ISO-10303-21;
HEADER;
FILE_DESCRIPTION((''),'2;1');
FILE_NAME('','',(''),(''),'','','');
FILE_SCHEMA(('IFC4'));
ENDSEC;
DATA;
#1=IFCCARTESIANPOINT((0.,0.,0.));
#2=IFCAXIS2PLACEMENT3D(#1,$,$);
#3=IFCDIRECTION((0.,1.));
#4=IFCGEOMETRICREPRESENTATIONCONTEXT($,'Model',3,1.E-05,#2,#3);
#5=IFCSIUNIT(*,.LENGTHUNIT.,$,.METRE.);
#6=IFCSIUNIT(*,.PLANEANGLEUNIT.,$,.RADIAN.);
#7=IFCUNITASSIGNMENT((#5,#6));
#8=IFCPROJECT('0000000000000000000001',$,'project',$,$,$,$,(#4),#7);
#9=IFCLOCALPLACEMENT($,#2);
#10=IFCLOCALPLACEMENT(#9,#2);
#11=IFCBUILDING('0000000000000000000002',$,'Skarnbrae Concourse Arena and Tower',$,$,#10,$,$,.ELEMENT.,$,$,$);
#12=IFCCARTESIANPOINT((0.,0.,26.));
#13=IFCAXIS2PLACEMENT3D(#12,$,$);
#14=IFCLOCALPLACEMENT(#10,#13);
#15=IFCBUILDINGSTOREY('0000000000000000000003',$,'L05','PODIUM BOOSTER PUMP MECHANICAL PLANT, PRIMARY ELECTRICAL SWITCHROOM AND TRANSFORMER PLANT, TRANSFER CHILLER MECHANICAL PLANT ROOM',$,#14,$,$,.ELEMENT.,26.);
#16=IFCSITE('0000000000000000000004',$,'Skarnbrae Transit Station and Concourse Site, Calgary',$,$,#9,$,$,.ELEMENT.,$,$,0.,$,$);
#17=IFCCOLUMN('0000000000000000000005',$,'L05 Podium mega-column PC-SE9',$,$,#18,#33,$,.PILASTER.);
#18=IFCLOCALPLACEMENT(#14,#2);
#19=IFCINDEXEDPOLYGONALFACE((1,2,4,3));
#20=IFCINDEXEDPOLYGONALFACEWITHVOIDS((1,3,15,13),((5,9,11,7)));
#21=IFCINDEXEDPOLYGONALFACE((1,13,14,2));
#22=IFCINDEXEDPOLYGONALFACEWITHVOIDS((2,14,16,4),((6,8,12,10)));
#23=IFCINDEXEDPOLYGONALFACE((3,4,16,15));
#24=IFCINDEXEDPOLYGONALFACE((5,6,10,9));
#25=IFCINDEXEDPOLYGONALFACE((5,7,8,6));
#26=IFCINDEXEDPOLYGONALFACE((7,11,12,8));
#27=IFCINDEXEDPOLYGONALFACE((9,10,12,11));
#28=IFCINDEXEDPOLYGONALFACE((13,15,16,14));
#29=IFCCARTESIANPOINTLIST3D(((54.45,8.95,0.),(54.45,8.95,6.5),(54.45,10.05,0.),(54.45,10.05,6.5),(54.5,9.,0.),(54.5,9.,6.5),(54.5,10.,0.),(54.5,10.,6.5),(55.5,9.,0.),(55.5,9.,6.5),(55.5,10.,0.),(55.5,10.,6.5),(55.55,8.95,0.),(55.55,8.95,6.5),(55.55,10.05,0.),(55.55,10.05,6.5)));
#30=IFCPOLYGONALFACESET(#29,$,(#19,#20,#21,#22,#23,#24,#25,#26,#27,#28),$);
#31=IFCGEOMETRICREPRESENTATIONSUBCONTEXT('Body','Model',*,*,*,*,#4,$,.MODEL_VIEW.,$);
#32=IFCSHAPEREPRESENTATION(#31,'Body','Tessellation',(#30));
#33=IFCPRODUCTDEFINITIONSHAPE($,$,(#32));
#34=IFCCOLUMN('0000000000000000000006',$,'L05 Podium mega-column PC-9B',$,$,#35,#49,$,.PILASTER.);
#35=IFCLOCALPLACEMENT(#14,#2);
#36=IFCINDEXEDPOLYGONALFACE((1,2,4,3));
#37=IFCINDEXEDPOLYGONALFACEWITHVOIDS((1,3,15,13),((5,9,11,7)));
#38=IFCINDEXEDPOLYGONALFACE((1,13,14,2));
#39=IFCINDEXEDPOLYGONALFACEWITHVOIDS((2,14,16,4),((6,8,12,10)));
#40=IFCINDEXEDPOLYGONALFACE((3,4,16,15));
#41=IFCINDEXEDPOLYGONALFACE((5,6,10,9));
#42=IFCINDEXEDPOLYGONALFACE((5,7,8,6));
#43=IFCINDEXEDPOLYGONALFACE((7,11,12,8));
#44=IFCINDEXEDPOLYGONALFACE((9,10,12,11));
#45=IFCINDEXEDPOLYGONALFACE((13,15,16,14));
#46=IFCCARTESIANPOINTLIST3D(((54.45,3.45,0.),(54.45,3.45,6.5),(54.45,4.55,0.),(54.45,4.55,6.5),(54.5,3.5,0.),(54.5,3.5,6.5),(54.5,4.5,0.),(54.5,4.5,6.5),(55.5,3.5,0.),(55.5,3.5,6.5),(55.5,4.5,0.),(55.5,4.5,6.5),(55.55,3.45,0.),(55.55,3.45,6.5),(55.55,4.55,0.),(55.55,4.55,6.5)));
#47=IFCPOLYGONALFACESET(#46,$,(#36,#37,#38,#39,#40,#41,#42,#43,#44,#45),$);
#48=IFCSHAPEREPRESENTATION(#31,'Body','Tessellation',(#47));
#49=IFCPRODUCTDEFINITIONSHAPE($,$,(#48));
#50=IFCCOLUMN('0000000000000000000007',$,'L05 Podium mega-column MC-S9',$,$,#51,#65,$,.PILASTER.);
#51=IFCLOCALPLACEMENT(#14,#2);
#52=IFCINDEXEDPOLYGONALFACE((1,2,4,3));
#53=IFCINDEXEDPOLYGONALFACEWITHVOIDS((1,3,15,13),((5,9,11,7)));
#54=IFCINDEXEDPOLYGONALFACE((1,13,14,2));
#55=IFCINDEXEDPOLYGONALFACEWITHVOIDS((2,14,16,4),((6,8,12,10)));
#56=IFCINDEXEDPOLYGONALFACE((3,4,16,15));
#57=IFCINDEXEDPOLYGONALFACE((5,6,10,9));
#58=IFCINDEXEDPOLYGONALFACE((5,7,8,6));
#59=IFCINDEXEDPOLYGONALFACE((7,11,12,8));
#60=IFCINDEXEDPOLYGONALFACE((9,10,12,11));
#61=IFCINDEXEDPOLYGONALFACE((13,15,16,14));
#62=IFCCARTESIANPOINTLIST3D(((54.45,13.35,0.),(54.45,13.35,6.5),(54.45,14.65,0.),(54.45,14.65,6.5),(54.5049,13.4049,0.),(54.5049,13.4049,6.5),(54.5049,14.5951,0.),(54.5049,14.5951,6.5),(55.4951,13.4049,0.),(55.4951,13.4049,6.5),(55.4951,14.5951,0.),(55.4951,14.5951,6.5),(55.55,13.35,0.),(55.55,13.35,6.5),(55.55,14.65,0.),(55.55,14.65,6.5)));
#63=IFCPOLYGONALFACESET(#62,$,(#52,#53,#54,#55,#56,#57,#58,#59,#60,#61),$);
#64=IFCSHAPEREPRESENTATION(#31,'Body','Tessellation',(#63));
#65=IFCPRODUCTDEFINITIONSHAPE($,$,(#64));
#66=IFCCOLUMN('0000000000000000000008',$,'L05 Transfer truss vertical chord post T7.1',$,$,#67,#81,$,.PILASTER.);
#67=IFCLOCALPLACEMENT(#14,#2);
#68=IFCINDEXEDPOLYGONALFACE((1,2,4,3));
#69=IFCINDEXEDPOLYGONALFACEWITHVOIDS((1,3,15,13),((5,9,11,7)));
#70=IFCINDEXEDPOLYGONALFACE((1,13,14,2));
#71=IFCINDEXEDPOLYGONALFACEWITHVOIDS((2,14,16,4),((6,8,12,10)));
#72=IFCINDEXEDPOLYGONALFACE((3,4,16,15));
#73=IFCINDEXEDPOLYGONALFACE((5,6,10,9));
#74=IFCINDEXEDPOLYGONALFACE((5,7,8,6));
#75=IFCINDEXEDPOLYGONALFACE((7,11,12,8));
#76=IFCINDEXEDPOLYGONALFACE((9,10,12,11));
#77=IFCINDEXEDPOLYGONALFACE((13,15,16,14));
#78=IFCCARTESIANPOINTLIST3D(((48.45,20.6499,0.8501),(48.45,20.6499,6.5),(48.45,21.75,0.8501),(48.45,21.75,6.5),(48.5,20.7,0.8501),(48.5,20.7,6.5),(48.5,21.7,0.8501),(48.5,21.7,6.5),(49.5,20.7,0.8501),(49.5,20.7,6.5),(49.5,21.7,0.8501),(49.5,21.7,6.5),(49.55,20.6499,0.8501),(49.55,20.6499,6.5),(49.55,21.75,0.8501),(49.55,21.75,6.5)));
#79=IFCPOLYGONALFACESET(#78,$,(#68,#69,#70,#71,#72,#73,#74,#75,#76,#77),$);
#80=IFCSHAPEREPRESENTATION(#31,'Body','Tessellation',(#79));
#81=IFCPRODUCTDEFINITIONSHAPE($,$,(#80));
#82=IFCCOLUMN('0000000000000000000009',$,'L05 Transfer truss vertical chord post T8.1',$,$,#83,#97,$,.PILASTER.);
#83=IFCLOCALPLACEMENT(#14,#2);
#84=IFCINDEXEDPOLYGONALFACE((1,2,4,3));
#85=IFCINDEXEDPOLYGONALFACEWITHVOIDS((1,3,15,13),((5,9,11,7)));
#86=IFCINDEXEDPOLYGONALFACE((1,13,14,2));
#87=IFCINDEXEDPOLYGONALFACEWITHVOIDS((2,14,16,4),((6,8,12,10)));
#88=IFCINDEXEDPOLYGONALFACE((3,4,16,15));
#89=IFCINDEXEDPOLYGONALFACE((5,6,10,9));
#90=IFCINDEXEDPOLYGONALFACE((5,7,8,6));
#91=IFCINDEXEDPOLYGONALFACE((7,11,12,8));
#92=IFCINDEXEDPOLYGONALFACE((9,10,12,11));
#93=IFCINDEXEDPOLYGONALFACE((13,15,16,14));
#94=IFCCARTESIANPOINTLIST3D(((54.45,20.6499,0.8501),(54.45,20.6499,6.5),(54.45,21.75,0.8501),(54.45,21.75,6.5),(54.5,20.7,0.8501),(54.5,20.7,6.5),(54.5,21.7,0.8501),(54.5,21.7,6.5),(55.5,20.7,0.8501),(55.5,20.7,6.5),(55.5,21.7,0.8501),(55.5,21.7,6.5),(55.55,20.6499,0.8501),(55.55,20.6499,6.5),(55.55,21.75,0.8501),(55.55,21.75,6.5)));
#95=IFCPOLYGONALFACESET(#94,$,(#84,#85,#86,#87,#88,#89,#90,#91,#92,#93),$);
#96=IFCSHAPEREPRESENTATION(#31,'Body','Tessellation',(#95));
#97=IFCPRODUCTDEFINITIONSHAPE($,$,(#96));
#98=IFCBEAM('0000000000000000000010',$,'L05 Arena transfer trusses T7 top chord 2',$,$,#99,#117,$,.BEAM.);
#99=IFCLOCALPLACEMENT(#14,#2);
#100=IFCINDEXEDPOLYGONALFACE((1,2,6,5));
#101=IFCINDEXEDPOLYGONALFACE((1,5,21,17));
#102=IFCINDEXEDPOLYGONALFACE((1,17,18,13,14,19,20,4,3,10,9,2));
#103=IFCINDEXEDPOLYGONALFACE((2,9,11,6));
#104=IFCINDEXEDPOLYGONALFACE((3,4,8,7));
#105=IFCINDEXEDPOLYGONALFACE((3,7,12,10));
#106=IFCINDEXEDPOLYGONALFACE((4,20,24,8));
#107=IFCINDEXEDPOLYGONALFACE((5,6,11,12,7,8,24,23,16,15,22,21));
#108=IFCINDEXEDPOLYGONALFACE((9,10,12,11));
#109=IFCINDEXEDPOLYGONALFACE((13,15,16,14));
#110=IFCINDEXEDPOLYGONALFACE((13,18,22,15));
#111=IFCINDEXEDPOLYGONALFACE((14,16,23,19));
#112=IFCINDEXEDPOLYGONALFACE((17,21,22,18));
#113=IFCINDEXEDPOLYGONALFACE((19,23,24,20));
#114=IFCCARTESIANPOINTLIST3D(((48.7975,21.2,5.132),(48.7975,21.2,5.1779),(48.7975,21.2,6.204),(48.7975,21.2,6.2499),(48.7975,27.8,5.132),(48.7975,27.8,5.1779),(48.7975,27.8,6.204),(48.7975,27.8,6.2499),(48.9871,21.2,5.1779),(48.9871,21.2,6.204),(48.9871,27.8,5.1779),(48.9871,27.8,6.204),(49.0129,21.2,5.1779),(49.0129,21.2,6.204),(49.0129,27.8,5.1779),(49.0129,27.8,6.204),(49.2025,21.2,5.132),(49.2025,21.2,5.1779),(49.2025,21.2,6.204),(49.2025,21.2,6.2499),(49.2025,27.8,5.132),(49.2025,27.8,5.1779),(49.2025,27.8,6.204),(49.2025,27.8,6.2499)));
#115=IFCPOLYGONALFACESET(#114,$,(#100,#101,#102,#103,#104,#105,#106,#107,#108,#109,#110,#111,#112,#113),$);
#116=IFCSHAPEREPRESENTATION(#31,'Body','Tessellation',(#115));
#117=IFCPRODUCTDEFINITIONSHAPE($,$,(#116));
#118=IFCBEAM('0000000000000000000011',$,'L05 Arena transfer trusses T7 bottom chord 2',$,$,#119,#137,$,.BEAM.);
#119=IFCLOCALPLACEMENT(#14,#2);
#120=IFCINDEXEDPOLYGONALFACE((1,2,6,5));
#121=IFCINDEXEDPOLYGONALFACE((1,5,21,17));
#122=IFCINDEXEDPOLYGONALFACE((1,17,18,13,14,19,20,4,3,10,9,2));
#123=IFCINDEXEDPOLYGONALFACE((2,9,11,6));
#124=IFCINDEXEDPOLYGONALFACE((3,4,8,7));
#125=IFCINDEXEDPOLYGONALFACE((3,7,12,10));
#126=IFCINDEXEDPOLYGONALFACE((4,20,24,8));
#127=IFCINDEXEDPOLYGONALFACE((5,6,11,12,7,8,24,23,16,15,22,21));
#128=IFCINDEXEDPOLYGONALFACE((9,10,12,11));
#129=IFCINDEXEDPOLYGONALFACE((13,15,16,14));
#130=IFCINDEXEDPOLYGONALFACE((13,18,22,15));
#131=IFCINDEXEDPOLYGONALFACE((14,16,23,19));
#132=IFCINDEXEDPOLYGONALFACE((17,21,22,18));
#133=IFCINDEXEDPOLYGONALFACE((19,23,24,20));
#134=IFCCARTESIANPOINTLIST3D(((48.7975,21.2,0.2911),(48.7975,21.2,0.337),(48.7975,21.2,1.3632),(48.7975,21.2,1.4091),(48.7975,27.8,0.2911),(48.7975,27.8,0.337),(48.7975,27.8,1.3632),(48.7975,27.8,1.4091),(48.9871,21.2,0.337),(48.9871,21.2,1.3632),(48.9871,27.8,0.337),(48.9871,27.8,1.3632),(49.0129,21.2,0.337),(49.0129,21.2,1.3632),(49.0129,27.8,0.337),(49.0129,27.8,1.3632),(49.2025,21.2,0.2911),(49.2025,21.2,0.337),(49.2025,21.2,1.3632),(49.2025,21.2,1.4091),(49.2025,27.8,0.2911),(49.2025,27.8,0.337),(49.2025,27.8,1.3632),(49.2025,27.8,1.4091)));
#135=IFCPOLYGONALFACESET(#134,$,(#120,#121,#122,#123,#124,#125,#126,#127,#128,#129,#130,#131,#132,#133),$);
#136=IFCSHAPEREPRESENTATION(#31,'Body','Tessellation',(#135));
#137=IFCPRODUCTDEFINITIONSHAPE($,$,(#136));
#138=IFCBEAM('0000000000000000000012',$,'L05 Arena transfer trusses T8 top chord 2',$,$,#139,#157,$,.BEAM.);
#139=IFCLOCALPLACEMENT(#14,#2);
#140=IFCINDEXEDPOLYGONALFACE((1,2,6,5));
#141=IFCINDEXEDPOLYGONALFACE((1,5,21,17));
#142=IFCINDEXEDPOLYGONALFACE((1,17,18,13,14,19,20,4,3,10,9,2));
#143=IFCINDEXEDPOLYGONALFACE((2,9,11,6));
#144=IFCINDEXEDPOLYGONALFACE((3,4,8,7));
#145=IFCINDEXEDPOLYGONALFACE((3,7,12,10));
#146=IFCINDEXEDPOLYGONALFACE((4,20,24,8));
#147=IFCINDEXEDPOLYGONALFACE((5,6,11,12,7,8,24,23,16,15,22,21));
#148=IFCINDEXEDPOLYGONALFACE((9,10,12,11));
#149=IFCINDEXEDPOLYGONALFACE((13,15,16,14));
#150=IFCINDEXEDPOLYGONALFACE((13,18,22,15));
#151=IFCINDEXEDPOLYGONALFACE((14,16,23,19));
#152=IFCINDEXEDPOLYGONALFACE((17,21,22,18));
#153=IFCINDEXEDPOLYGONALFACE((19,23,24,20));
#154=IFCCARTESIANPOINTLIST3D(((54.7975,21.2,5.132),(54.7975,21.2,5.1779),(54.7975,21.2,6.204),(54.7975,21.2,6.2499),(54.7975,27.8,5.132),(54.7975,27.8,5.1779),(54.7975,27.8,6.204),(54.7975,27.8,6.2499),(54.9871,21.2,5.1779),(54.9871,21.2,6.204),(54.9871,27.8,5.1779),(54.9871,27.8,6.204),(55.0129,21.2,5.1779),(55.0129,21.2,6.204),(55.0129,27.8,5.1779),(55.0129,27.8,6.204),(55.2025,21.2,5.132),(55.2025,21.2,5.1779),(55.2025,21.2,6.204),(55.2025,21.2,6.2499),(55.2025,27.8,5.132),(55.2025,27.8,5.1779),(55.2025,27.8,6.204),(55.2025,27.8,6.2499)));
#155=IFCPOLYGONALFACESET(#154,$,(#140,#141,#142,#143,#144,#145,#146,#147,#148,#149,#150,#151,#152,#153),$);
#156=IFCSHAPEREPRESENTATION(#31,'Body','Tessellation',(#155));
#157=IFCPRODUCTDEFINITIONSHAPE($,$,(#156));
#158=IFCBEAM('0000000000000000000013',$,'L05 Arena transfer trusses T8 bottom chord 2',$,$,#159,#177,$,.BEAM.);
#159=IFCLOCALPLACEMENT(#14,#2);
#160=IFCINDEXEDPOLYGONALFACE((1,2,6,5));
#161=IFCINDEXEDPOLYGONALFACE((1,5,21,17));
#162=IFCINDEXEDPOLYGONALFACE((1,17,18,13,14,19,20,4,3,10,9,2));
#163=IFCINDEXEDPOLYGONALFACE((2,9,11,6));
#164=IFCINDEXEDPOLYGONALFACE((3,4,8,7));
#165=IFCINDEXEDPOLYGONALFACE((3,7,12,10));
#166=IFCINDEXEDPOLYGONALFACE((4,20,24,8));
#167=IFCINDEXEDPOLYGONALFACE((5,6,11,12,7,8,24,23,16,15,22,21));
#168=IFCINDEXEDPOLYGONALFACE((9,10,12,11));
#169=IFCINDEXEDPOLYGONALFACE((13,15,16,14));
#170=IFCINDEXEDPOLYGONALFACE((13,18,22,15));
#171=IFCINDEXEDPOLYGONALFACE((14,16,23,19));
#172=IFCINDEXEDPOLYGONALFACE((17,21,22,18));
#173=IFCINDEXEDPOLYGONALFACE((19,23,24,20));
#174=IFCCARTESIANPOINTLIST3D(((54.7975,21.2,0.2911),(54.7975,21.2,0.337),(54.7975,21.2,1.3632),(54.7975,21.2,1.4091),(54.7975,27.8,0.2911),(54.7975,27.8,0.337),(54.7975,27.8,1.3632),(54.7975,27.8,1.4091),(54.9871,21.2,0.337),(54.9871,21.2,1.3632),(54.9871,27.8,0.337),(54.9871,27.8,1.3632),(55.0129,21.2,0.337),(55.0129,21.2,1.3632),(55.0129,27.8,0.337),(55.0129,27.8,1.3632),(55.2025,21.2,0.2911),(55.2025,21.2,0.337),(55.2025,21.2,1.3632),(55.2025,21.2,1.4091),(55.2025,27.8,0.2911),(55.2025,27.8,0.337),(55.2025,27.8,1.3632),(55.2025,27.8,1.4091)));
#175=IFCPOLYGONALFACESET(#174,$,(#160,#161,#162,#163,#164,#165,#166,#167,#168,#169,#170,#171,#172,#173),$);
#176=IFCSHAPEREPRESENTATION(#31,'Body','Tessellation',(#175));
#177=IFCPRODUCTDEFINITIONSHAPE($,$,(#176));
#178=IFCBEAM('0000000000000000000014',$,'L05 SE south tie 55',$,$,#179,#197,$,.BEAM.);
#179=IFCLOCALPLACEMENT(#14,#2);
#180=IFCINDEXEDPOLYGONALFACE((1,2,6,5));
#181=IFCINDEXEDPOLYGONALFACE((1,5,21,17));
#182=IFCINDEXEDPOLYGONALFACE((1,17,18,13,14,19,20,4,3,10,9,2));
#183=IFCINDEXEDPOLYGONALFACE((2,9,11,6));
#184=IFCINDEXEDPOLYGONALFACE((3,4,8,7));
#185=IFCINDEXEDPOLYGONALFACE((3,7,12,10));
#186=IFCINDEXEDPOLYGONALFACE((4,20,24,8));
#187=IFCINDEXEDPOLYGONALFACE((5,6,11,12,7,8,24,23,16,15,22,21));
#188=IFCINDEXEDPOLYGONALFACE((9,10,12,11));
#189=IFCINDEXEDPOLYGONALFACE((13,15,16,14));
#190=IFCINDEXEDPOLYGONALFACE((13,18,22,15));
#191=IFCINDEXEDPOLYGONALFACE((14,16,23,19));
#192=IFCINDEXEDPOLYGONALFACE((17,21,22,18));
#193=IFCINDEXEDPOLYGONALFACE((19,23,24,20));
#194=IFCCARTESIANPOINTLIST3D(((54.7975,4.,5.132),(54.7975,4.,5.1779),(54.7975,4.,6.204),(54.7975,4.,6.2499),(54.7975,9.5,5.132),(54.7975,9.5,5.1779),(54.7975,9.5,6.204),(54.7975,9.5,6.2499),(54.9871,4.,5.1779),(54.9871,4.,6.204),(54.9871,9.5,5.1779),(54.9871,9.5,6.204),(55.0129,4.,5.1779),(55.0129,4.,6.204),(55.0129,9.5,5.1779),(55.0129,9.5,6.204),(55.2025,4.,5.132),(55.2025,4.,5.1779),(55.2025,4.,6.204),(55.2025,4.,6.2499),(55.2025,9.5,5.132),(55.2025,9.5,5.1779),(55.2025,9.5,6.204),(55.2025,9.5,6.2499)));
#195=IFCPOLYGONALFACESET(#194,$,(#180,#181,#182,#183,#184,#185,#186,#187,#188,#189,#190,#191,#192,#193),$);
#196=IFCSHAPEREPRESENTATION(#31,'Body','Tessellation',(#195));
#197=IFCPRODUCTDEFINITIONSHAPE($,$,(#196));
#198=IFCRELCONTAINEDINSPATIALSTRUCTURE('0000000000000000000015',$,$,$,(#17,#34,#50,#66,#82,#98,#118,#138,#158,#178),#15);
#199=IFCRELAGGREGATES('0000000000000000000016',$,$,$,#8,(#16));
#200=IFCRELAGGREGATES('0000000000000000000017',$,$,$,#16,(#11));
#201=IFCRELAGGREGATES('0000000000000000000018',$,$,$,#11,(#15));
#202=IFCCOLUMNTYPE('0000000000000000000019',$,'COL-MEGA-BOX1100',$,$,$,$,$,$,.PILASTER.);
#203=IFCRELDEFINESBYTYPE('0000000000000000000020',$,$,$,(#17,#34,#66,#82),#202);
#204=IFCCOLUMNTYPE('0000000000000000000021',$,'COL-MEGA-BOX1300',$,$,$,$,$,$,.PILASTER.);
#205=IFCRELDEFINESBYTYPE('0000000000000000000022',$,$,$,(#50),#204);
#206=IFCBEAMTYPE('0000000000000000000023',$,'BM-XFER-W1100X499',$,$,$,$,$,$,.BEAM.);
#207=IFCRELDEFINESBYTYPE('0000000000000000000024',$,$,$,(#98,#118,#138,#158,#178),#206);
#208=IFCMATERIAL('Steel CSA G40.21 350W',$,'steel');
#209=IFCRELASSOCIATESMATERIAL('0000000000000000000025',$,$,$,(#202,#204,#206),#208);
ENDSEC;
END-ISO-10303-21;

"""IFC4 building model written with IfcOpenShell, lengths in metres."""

from ifc_helpers import new_model, si_unit, direction, frame, origin, origin_2d, place, context, subcontext, project, spatial, hollow_rectangle, i_section, extrude, source, transform, mapped, material, material_profile, profile_set, type_object, element, save


model = new_model("IFC4")

# Units and contexts
model_context = context("Model", 3, precision=1e-05, world=origin(), true_north=direction((0.0, 1.0)))
body_context = subcontext(model_context, "Body", "Model", "MODEL_VIEW")
ifc_project = project(units=[si_unit("LENGTHUNIT", "METRE"), si_unit("PLANEANGLEUNIT", "RADIAN")], contexts=[model_context])

# Site, building, storey
site_placement = place(None, origin())
site = spatial("IfcSite", under=ifc_project, at=site_placement, Name="Skarnbrae Transit Station and Concourse Site, Calgary", CompositionType="ELEMENT", RefElevation=0.0)
building_placement = place(site_placement, origin())
building = spatial("IfcBuilding", under=site, at=building_placement, Name="Skarnbrae Concourse Arena and Tower", CompositionType="ELEMENT")
storey_placement = place(building_placement, frame((0.0, 0.0, 26.0)))
storey = spatial("IfcBuildingStorey", under=building, at=storey_placement, Name="L05", Description="PODIUM BOOSTER PUMP MECHANICAL PLANT, PRIMARY ELECTRICAL SWITCHROOM AND TRANSFORMER PLANT, TRANSFER CHILLER MECHANICAL PLANT ROOM", CompositionType="ELEMENT", Elevation=26.0)

# Columns
ifc_material_1 = material(Name="Steel CSA G40.21 350W", Category="steel")
ifc_material_profile_1 = material_profile(ifc_material_1, hollow_rectangle(XDim=1.1001, YDim=1.1001, WallThickness=0.05, at=origin_2d()), Name="BOX1100X1100X50")
ifc_profile_set_1 = profile_set([ifc_material_profile_1], Name="Steel CSA G40.21 350W")
column_type_1 = type_object("IfcColumnType", Name="COL-MEGA-BOX1100", PredefinedType="PILASTER", material=ifc_profile_set_1)
shared_shape_1 = source(origin(), body_context, "Body", "SweptSolid", [
    extrude(hollow_rectangle(XDim=1.1001, YDim=1.1001, WallThickness=0.05, at=origin_2d()), origin(), (0.0, 0.0, 1.0), 6.5),
])
for number, where, z_axis, x_axis, name in (
    (1, (55.0, 9.5, 0.0), (0.0, 0.0, 1.0), (1.0, 0.0, 0.0), "L05 Podium mega-column PC-SE9"),
    (2, (55.0, 4.0, 0.0), (0.0, 0.0, 1.0), (1.0, 0.0, 0.0), "L05 Podium mega-column PC-9B"),
):
    element("IfcColumn", number, at=place(storey_placement, frame(where, z_axis=z_axis, x_axis=x_axis)), inside=storey, type_object=column_type_1, Name=name, PredefinedType="PILASTER", context=body_context, shape_type="MappedRepresentation", body=[
        mapped(shared_shape_1, transform((0.0, 0.0, 0.0))),
    ])
ifc_material_profile_2 = material_profile(ifc_material_1, hollow_rectangle(XDim=1.1001, YDim=1.3, WallThickness=0.0549, at=origin_2d()), Name="BOX1300X1100X55")
ifc_profile_set_2 = profile_set([ifc_material_profile_2], Name="Steel CSA G40.21 350W")
column_type_2 = type_object("IfcColumnType", Name="COL-MEGA-BOX1300", PredefinedType="PILASTER", material=ifc_profile_set_2)
shared_shape_2 = source(origin(), body_context, "Body", "SweptSolid", [
    extrude(hollow_rectangle(XDim=1.1001, YDim=1.3, WallThickness=0.0549, at=origin_2d()), origin(), (0.0, 0.0, 1.0), 6.5),
])
column_placement = place(storey_placement, frame((55.0, 14.0, 0.0), z_axis=(0.0, 0.0, 1.0), x_axis=(1.0, 0.0, 0.0)))
element("IfcColumn", 3, at=column_placement, inside=storey, type_object=column_type_2, Name="L05 Podium mega-column MC-S9", PredefinedType="PILASTER", context=body_context, shape_type="MappedRepresentation", body=[
    mapped(shared_shape_2, transform((0.0, 0.0, 0.0))),
])
shared_shape_3 = source(origin(), body_context, "Body", "SweptSolid", [
    extrude(hollow_rectangle(XDim=1.1001, YDim=1.1001, WallThickness=0.05, at=origin_2d()), origin(), (0.0, 0.0, 1.0), 5.6499),
])
for number, where, z_axis, x_axis, name in (
    (4, (49.0, 21.2, 0.8501), (0.0, 0.0, 1.0), (1.0, 0.0, 0.0), "L05 Transfer truss vertical chord post T7.1"),
    (5, (55.0, 21.2, 0.8501), (0.0, 0.0, 1.0), (1.0, 0.0, 0.0), "L05 Transfer truss vertical chord post T8.1"),
):
    element("IfcColumn", number, at=place(storey_placement, frame(where, z_axis=z_axis, x_axis=x_axis)), inside=storey, type_object=column_type_1, Name=name, PredefinedType="PILASTER", context=body_context, shape_type="MappedRepresentation", body=[
        mapped(shared_shape_3, transform((0.0, 0.0, 0.0))),
    ])

# Beams
ifc_material_profile_3 = material_profile(ifc_material_1, i_section(OverallWidth=0.405, OverallDepth=1.1179, WebThickness=0.0259, FlangeThickness=0.0459, at=origin_2d()), Name="W1100X499")
ifc_profile_set_3 = profile_set([ifc_material_profile_3], Name="Steel CSA G40.21 350W")
beam_type = type_object("IfcBeamType", Name="BM-XFER-W1100X499", PredefinedType="BEAM", material=ifc_profile_set_3)
shared_shape_4 = source(origin(), body_context, "Body", "SweptSolid", [
    extrude(i_section(OverallWidth=0.405, OverallDepth=1.1179, WebThickness=0.0259, FlangeThickness=0.0459, at=origin_2d()), origin(), (0.0, 0.0, 1.0), 6.6001),
])
for number, where, z_axis, x_axis, name in (
    (6, (49.0, 21.2, 5.6909), (0.0, 1.0, 0.0), (-1.0, 0.0, 0.0), "L05 Arena transfer trusses T7 top chord 2"),
    (7, (49.0, 21.2, 0.8501), (0.0, 1.0, 0.0), (-1.0, 0.0, 0.0), "L05 Arena transfer trusses T7 bottom chord 2"),
    (8, (55.0, 21.2, 5.6909), (0.0, 1.0, 0.0), (-1.0, 0.0, 0.0), "L05 Arena transfer trusses T8 top chord 2"),
    (9, (55.0, 21.2, 0.8501), (0.0, 1.0, 0.0), (-1.0, 0.0, 0.0), "L05 Arena transfer trusses T8 bottom chord 2"),
):
    element("IfcBeam", number, at=place(storey_placement, frame(where, z_axis=z_axis, x_axis=x_axis)), inside=storey, type_object=beam_type, Name=name, PredefinedType="BEAM", context=body_context, shape_type="MappedRepresentation", body=[
        mapped(shared_shape_4, transform((0.0, 0.0, 0.0))),
    ])
shared_shape_5 = source(origin(), body_context, "Body", "SweptSolid", [
    extrude(i_section(OverallWidth=0.405, OverallDepth=1.1179, WebThickness=0.0259, FlangeThickness=0.0459, at=origin_2d()), origin(), (0.0, 0.0, 1.0), 5.5),
])
beam_1_placement = place(storey_placement, frame((55.0, 4.0, 5.6909), z_axis=(0.0, 1.0, 0.0), x_axis=(-1.0, 0.0, 0.0)))
element("IfcBeam", 10, at=beam_1_placement, inside=storey, type_object=beam_type, Name="L05 SE south tie 55", PredefinedType="BEAM", context=body_context, shape_type="MappedRepresentation", body=[
    mapped(shared_shape_5, transform((0.0, 0.0, 0.0))),
])

save(model, "model.ifc")
